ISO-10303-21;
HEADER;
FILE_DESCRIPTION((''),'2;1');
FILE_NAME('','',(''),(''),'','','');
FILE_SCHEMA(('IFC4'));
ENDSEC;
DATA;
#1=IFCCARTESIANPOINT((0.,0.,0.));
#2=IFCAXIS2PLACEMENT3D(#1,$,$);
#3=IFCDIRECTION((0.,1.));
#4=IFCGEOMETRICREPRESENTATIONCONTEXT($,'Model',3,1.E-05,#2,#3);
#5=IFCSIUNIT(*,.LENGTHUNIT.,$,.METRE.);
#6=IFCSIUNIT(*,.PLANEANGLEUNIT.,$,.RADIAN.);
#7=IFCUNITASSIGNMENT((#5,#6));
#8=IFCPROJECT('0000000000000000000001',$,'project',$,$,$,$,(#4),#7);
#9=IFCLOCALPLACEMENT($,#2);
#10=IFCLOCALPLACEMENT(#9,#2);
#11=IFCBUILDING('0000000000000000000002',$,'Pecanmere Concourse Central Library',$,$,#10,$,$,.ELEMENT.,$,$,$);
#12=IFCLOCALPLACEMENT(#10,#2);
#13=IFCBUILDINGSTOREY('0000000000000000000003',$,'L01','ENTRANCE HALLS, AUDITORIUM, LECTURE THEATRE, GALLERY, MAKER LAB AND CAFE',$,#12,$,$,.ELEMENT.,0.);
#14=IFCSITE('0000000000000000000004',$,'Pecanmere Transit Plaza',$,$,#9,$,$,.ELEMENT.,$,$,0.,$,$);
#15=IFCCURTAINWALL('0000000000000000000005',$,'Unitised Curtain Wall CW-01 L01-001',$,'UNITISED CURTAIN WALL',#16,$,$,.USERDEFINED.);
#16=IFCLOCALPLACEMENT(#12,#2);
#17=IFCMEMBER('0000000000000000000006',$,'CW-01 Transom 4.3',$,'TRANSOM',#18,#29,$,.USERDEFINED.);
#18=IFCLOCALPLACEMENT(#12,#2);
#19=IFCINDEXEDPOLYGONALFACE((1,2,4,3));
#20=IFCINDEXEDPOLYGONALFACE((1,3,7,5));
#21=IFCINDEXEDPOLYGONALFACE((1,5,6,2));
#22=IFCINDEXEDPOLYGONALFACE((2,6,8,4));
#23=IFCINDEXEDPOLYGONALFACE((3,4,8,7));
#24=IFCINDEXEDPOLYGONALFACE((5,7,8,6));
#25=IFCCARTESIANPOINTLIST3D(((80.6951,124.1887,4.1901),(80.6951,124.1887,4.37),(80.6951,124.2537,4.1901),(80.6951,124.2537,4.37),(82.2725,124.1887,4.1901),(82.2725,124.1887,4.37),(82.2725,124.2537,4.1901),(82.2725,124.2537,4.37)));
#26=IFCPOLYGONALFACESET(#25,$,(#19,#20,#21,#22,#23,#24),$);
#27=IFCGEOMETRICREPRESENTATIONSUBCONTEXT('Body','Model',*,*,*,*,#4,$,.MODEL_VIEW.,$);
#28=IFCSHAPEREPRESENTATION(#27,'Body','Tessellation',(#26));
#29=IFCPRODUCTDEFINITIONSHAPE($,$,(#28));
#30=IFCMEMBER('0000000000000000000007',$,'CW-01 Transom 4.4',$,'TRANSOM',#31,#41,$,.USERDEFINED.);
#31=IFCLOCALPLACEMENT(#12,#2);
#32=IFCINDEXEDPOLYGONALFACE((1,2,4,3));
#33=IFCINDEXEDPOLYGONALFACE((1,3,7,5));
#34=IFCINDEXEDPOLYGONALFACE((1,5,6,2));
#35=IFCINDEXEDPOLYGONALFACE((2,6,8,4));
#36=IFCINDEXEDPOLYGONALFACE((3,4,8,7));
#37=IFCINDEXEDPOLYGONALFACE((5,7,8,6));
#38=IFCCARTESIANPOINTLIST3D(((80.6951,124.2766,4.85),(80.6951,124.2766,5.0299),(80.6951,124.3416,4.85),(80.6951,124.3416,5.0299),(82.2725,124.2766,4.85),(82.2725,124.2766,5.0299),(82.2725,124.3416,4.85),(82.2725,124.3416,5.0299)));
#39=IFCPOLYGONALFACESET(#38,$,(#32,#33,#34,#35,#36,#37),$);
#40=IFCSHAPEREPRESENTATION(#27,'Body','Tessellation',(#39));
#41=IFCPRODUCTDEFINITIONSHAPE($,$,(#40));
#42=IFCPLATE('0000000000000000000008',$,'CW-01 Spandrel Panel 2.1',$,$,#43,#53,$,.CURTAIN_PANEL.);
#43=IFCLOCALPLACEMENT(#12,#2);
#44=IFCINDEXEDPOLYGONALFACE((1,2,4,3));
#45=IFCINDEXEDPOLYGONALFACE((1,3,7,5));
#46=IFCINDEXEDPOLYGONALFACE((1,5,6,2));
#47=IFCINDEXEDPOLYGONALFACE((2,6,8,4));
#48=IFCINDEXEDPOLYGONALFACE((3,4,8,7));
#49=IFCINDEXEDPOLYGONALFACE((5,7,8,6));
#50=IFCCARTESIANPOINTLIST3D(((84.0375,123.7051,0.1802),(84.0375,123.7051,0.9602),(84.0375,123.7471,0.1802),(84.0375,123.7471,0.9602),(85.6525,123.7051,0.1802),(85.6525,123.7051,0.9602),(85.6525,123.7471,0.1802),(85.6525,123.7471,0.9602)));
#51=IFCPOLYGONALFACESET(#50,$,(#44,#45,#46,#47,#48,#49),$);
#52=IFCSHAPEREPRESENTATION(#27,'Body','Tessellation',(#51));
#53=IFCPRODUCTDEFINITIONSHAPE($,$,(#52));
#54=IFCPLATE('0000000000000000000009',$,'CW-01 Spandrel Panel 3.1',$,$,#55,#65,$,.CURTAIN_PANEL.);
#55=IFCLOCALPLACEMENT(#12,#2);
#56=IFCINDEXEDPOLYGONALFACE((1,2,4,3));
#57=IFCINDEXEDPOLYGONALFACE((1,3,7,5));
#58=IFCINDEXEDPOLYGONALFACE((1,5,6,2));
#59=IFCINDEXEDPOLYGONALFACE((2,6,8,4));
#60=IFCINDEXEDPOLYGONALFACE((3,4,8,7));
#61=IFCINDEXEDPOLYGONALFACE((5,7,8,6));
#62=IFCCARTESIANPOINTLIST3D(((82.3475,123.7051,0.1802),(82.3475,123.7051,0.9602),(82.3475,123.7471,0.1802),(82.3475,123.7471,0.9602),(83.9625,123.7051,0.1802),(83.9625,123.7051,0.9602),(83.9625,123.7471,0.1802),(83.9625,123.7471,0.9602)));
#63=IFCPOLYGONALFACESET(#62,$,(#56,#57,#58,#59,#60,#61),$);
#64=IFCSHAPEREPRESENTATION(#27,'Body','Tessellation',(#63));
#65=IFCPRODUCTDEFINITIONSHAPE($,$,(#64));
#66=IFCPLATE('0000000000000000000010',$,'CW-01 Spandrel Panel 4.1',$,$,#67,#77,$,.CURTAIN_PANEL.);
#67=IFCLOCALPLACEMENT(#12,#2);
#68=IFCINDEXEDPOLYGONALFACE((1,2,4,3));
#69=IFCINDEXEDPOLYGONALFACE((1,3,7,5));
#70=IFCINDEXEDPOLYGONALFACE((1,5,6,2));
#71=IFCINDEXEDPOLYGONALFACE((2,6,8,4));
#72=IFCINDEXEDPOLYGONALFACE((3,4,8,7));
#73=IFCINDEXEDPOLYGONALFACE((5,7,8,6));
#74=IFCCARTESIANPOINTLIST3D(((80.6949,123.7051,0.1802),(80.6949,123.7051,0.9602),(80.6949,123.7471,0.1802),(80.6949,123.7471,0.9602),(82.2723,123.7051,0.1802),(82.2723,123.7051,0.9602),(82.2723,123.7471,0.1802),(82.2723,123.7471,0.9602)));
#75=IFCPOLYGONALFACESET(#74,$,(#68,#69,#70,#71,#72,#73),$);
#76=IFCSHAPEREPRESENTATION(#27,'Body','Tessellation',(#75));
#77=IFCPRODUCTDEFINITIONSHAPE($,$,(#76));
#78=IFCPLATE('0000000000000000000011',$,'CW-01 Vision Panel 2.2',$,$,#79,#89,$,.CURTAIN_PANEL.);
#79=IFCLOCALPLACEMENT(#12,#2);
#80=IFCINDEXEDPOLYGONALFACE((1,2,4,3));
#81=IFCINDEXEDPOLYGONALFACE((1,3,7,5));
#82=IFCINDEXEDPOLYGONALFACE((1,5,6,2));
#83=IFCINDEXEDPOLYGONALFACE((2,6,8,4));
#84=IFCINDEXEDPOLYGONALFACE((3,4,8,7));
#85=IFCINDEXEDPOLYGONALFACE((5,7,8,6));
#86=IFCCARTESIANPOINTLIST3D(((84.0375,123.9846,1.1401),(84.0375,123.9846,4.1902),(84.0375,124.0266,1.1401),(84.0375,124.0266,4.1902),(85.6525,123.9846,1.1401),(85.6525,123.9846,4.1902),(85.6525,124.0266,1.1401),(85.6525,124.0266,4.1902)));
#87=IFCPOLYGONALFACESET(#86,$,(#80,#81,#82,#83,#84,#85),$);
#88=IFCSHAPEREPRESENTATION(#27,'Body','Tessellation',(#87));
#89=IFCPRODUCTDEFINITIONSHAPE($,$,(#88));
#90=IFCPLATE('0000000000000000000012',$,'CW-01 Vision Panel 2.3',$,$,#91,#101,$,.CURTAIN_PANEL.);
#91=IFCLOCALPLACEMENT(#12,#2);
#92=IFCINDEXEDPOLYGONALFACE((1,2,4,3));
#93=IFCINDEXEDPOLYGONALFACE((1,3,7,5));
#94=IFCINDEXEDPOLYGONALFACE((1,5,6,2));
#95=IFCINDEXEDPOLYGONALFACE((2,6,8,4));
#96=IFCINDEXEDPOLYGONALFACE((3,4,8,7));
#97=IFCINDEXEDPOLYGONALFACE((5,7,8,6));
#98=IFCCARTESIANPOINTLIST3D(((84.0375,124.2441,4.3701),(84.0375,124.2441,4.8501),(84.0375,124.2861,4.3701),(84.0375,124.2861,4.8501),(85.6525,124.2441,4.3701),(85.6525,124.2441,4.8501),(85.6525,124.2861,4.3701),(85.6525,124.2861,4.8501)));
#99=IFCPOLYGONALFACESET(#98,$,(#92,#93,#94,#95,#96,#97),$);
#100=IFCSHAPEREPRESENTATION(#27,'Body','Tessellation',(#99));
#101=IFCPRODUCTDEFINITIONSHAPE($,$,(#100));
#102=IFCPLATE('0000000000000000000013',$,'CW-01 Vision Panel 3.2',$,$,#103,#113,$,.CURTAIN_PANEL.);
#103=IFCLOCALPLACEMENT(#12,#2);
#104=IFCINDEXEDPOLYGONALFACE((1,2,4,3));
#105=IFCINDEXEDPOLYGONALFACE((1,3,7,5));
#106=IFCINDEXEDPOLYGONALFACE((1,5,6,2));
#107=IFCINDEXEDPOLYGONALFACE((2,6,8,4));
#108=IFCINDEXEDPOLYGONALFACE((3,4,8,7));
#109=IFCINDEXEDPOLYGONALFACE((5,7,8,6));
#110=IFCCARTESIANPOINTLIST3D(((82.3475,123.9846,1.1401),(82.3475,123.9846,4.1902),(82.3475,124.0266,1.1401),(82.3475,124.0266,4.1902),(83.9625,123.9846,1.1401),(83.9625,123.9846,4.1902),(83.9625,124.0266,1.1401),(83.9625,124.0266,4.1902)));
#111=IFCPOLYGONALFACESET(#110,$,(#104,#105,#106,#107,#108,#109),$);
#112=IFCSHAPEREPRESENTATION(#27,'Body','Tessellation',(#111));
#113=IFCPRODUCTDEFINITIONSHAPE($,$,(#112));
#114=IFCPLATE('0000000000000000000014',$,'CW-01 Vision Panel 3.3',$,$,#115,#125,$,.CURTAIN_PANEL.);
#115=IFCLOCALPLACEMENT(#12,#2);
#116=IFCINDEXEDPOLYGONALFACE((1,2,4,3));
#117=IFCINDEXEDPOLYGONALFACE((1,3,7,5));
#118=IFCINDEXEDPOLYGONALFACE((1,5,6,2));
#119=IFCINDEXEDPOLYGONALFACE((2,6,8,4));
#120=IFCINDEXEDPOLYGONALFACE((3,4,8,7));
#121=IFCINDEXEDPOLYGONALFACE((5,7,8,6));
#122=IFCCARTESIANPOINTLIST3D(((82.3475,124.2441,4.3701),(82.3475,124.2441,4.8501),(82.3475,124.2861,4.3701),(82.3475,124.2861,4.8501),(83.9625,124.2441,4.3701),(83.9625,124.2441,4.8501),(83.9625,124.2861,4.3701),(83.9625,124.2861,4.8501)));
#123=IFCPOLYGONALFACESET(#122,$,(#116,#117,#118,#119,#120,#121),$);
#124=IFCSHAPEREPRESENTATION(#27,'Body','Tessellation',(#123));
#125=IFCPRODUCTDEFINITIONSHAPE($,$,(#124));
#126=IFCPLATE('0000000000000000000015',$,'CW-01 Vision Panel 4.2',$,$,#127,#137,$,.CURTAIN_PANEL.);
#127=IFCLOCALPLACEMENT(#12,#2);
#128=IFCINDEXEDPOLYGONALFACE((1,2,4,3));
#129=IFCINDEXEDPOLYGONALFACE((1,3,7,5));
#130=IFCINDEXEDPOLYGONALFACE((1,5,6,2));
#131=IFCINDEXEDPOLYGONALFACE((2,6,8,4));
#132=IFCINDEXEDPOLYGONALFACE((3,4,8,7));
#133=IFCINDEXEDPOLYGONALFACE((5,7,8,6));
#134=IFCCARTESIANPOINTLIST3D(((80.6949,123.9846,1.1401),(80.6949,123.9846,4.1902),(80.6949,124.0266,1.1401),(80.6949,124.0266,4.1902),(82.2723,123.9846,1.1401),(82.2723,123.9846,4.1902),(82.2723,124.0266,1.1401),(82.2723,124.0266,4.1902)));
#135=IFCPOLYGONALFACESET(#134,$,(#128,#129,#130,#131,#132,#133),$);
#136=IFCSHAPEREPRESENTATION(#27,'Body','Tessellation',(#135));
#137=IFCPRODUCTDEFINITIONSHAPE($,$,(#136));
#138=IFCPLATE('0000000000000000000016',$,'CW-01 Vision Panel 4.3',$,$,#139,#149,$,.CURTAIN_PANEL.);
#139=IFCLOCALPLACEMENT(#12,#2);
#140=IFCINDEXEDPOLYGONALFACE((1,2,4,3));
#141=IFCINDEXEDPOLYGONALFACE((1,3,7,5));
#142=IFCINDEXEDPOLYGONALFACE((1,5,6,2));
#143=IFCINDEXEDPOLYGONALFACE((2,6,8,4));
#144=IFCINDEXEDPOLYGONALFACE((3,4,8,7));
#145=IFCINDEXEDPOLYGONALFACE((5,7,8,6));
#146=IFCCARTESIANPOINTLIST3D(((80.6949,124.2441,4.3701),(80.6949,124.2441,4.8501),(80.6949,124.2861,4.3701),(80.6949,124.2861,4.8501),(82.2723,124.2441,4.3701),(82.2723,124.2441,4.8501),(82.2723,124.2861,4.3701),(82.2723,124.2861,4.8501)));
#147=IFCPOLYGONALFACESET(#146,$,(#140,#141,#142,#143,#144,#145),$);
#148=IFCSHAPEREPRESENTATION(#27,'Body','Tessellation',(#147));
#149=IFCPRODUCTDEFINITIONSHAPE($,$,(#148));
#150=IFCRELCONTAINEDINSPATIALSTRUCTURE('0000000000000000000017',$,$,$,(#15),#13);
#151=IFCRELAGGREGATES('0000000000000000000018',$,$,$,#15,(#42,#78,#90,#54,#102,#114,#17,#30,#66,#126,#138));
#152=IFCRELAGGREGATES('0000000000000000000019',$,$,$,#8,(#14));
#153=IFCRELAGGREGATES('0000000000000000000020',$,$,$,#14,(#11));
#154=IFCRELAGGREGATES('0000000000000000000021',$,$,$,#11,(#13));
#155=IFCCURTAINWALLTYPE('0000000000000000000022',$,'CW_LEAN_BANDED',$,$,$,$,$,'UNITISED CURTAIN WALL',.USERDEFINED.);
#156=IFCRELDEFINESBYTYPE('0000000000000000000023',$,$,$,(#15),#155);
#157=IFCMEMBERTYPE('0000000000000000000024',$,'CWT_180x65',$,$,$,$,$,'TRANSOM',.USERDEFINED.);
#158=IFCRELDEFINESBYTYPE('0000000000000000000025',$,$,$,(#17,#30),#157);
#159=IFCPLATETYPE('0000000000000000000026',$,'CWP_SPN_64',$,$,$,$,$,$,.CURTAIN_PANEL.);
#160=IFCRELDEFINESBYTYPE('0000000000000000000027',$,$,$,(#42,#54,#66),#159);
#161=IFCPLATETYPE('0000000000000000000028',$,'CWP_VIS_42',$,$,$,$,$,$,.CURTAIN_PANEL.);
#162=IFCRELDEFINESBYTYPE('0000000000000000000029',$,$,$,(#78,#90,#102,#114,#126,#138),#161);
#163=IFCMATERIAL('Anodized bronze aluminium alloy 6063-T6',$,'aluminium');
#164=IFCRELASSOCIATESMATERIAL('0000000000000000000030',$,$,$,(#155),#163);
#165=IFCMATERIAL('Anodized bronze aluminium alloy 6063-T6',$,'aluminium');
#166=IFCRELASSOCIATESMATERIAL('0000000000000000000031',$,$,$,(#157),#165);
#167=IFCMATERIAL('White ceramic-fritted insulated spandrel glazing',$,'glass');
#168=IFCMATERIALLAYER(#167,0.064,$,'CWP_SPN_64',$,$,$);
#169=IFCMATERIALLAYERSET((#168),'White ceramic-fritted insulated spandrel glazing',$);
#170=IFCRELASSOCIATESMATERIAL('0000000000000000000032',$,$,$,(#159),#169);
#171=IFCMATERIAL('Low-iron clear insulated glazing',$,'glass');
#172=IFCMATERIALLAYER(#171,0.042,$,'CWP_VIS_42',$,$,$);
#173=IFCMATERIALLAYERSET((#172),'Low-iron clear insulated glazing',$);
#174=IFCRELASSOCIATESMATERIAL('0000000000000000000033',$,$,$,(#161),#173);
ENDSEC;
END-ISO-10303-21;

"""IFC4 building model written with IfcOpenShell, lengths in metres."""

from ifc_helpers import new_model, si_unit, direction, frame, origin, origin_2d, place, context, subcontext, project, spatial, rectangle, extrude, material, layer, layer_set, material_profile, profile_set, type_object, element, aggregate, save


model = new_model("IFC4")

# Units and contexts
model_context = context("Model", 3, precision=1e-05, world=origin(), true_north=direction((0.0, 1.0)))
body_context = subcontext(model_context, "Body", "Model", "MODEL_VIEW")
ifc_project = project(units=[si_unit("LENGTHUNIT", "METRE"), si_unit("PLANEANGLEUNIT", "RADIAN")], contexts=[model_context])

# Site, building, storey
site_placement = place(None, origin())
site = spatial("IfcSite", under=ifc_project, at=site_placement, Name="Pecanmere Transit Plaza", CompositionType="ELEMENT", RefElevation=0.0)
building_placement = place(site_placement, origin())
building = spatial("IfcBuilding", under=site, at=building_placement, Name="Pecanmere Concourse Central Library", CompositionType="ELEMENT")
storey_placement = place(building_placement, origin())
storey = spatial("IfcBuildingStorey", under=building, at=storey_placement, Name="L01", Description="ENTRANCE HALLS, AUDITORIUM, LECTURE THEATRE, GALLERY, MAKER LAB AND CAFE", CompositionType="ELEMENT", Elevation=0.0)

# Curtain wall, members, plates
ifc_material_1 = material(Name="Anodized bronze aluminium alloy 6063-T6", Category="aluminium")
curtain_wall_type = type_object("IfcCurtainWallType", Name="CW_LEAN_BANDED", ElementType="UNITISED CURTAIN WALL", PredefinedType="USERDEFINED", material=ifc_material_1)
curtain_wall_placement = place(storey_placement, origin())
curtain_wall = element("IfcCurtainWall", 1, at=curtain_wall_placement, inside=storey, type_object=curtain_wall_type, Name="Unitised Curtain Wall CW-01 L01-001", ObjectType="UNITISED CURTAIN WALL", PredefinedType="USERDEFINED")
ifc_material_2 = material(Name="Anodized bronze aluminium alloy 6063-T6", Category="aluminium")
ifc_material_profile_1 = material_profile(ifc_material_2, rectangle(XDim=0.0649, YDim=0.1799, at=origin_2d()), Name="AL 65x180")
ifc_profile_set_1 = profile_set([ifc_material_profile_1], Name="Anodized bronze aluminium alloy 6063-T6")
member_type_1 = type_object("IfcMemberType", Name="CWT_180x65", ElementType="TRANSOM", PredefinedType="USERDEFINED", material=ifc_profile_set_1)
member_1_placement = place(storey_placement, frame((82.2725, 124.2212, 4.28), z_axis=(-1.0, 0.0, 0.0), x_axis=(0.0, -1.0, 0.0)))
member_1 = element("IfcMember", 2, at=member_1_placement, type_object=member_type_1, Name="CW-01 Transom 4.3", ObjectType="TRANSOM", PredefinedType="USERDEFINED", context=body_context, shape_type="SweptSolid", body=[
    extrude(rectangle(XDim=0.0649, YDim=0.1799, at=origin_2d()), origin(), (0.0, 0.0, 1.0), 1.5774),
])
member_2_placement = place(storey_placement, frame((82.2725, 124.3091, 4.9399), z_axis=(-1.0, 0.0, 0.0), x_axis=(0.0, -1.0, 0.0)))
member_2 = element("IfcMember", 3, at=member_2_placement, type_object=member_type_1, Name="CW-01 Transom 4.4", ObjectType="TRANSOM", PredefinedType="USERDEFINED", context=body_context, shape_type="SweptSolid", body=[
    extrude(rectangle(XDim=0.0649, YDim=0.1799, at=origin_2d()), origin(), (0.0, 0.0, 1.0), 1.5774),
])
ifc_material_3 = material(Name="White ceramic-fritted insulated spandrel glazing", Category="glass")
ifc_layer_1 = layer(ifc_material_3, 0.064, Name="CWP_SPN_64")
ifc_layer_set_1 = layer_set([ifc_layer_1], Name="White ceramic-fritted insulated spandrel glazing")
plate_type_1 = type_object("IfcPlateType", Name="CWP_SPN_64", PredefinedType="CURTAIN_PANEL", material=ifc_layer_set_1)
plate_1_placement = place(storey_placement, frame((84.845, 123.7261, 0.1802), z_axis=(0.0, 0.0, 1.0), x_axis=(-1.0, 0.0, 0.0)))
plate_1 = element("IfcPlate", 4, at=plate_1_placement, type_object=plate_type_1, Name="CW-01 Spandrel Panel 2.1", PredefinedType="CURTAIN_PANEL", context=body_context, shape_type="SweptSolid", body=[
    extrude(rectangle(XDim=1.615, YDim=0.042, at=origin_2d()), origin(), (0.0, 0.0, 1.0), 0.78),
])
plate_2_placement = place(storey_placement, frame((83.155, 123.7261, 0.1802), z_axis=(0.0, 0.0, 1.0), x_axis=(-1.0, 0.0, 0.0)))
plate_2 = element("IfcPlate", 5, at=plate_2_placement, type_object=plate_type_1, Name="CW-01 Spandrel Panel 3.1", PredefinedType="CURTAIN_PANEL", context=body_context, shape_type="SweptSolid", body=[
    extrude(rectangle(XDim=1.615, YDim=0.042, at=origin_2d()), origin(), (0.0, 0.0, 1.0), 0.78),
])
plate_3_placement = place(storey_placement, frame((81.4836, 123.7261, 0.1802), z_axis=(0.0, 0.0, 1.0), x_axis=(-1.0, 0.0, 0.0)))
plate_3 = element("IfcPlate", 6, at=plate_3_placement, type_object=plate_type_1, Name="CW-01 Spandrel Panel 4.1", PredefinedType="CURTAIN_PANEL", context=body_context, shape_type="SweptSolid", body=[
    extrude(rectangle(XDim=1.5774, YDim=0.042, at=origin_2d()), origin(), (0.0, 0.0, 1.0), 0.78),
])
ifc_material_4 = material(Name="Low-iron clear insulated glazing", Category="glass")
ifc_layer_2 = layer(ifc_material_4, 0.042, Name="CWP_VIS_42")
ifc_layer_set_2 = layer_set([ifc_layer_2], Name="Low-iron clear insulated glazing")
plate_type_2 = type_object("IfcPlateType", Name="CWP_VIS_42", PredefinedType="CURTAIN_PANEL", material=ifc_layer_set_2)
plate_4_placement = place(storey_placement, frame((84.845, 124.0056, 1.1401), z_axis=(0.0, 0.0, 1.0), x_axis=(-1.0, 0.0, 0.0)))
plate_4 = element("IfcPlate", 7, at=plate_4_placement, type_object=plate_type_2, Name="CW-01 Vision Panel 2.2", PredefinedType="CURTAIN_PANEL", context=body_context, shape_type="SweptSolid", body=[
    extrude(rectangle(XDim=1.615, YDim=0.042, at=origin_2d()), origin(), (0.0, 0.0, 1.0), 3.05),
])
plate_5_placement = place(storey_placement, frame((84.845, 124.2651, 4.3701), z_axis=(0.0, 0.0, 1.0), x_axis=(-1.0, 0.0, 0.0)))
plate_5 = element("IfcPlate", 8, at=plate_5_placement, type_object=plate_type_2, Name="CW-01 Vision Panel 2.3", PredefinedType="CURTAIN_PANEL", context=body_context, shape_type="SweptSolid", body=[
    extrude(rectangle(XDim=1.615, YDim=0.042, at=origin_2d()), origin(), (0.0, 0.0, 1.0), 0.48),
])
plate_6_placement = place(storey_placement, frame((83.155, 124.0056, 1.1401), z_axis=(0.0, 0.0, 1.0), x_axis=(-1.0, 0.0, 0.0)))
plate_6 = element("IfcPlate", 9, at=plate_6_placement, type_object=plate_type_2, Name="CW-01 Vision Panel 3.2", PredefinedType="CURTAIN_PANEL", context=body_context, shape_type="SweptSolid", body=[
    extrude(rectangle(XDim=1.615, YDim=0.042, at=origin_2d()), origin(), (0.0, 0.0, 1.0), 3.05),
])
plate_7_placement = place(storey_placement, frame((83.155, 124.2651, 4.3701), z_axis=(0.0, 0.0, 1.0), x_axis=(-1.0, 0.0, 0.0)))
plate_7 = element("IfcPlate", 10, at=plate_7_placement, type_object=plate_type_2, Name="CW-01 Vision Panel 3.3", PredefinedType="CURTAIN_PANEL", context=body_context, shape_type="SweptSolid", body=[
    extrude(rectangle(XDim=1.615, YDim=0.042, at=origin_2d()), origin(), (0.0, 0.0, 1.0), 0.48),
])
plate_8_placement = place(storey_placement, frame((81.4836, 124.0056, 1.1401), z_axis=(0.0, 0.0, 1.0), x_axis=(-1.0, 0.0, 0.0)))
plate_8 = element("IfcPlate", 11, at=plate_8_placement, type_object=plate_type_2, Name="CW-01 Vision Panel 4.2", PredefinedType="CURTAIN_PANEL", context=body_context, shape_type="SweptSolid", body=[
    extrude(rectangle(XDim=1.5774, YDim=0.042, at=origin_2d()), origin(), (0.0, 0.0, 1.0), 3.05),
])
plate_9_placement = place(storey_placement, frame((81.4836, 124.2651, 4.3701), z_axis=(0.0, 0.0, 1.0), x_axis=(-1.0, 0.0, 0.0)))
plate_9 = element("IfcPlate", 12, at=plate_9_placement, type_object=plate_type_2, Name="CW-01 Vision Panel 4.3", PredefinedType="CURTAIN_PANEL", context=body_context, shape_type="SweptSolid", body=[
    extrude(rectangle(XDim=1.5774, YDim=0.042, at=origin_2d()), origin(), (0.0, 0.0, 1.0), 0.48),
])
aggregate(curtain_wall, [plate_1, plate_4, plate_5, plate_2, plate_6, plate_7, member_1, member_2, plate_3, plate_8, plate_9])

save(model, "model.ifc")
